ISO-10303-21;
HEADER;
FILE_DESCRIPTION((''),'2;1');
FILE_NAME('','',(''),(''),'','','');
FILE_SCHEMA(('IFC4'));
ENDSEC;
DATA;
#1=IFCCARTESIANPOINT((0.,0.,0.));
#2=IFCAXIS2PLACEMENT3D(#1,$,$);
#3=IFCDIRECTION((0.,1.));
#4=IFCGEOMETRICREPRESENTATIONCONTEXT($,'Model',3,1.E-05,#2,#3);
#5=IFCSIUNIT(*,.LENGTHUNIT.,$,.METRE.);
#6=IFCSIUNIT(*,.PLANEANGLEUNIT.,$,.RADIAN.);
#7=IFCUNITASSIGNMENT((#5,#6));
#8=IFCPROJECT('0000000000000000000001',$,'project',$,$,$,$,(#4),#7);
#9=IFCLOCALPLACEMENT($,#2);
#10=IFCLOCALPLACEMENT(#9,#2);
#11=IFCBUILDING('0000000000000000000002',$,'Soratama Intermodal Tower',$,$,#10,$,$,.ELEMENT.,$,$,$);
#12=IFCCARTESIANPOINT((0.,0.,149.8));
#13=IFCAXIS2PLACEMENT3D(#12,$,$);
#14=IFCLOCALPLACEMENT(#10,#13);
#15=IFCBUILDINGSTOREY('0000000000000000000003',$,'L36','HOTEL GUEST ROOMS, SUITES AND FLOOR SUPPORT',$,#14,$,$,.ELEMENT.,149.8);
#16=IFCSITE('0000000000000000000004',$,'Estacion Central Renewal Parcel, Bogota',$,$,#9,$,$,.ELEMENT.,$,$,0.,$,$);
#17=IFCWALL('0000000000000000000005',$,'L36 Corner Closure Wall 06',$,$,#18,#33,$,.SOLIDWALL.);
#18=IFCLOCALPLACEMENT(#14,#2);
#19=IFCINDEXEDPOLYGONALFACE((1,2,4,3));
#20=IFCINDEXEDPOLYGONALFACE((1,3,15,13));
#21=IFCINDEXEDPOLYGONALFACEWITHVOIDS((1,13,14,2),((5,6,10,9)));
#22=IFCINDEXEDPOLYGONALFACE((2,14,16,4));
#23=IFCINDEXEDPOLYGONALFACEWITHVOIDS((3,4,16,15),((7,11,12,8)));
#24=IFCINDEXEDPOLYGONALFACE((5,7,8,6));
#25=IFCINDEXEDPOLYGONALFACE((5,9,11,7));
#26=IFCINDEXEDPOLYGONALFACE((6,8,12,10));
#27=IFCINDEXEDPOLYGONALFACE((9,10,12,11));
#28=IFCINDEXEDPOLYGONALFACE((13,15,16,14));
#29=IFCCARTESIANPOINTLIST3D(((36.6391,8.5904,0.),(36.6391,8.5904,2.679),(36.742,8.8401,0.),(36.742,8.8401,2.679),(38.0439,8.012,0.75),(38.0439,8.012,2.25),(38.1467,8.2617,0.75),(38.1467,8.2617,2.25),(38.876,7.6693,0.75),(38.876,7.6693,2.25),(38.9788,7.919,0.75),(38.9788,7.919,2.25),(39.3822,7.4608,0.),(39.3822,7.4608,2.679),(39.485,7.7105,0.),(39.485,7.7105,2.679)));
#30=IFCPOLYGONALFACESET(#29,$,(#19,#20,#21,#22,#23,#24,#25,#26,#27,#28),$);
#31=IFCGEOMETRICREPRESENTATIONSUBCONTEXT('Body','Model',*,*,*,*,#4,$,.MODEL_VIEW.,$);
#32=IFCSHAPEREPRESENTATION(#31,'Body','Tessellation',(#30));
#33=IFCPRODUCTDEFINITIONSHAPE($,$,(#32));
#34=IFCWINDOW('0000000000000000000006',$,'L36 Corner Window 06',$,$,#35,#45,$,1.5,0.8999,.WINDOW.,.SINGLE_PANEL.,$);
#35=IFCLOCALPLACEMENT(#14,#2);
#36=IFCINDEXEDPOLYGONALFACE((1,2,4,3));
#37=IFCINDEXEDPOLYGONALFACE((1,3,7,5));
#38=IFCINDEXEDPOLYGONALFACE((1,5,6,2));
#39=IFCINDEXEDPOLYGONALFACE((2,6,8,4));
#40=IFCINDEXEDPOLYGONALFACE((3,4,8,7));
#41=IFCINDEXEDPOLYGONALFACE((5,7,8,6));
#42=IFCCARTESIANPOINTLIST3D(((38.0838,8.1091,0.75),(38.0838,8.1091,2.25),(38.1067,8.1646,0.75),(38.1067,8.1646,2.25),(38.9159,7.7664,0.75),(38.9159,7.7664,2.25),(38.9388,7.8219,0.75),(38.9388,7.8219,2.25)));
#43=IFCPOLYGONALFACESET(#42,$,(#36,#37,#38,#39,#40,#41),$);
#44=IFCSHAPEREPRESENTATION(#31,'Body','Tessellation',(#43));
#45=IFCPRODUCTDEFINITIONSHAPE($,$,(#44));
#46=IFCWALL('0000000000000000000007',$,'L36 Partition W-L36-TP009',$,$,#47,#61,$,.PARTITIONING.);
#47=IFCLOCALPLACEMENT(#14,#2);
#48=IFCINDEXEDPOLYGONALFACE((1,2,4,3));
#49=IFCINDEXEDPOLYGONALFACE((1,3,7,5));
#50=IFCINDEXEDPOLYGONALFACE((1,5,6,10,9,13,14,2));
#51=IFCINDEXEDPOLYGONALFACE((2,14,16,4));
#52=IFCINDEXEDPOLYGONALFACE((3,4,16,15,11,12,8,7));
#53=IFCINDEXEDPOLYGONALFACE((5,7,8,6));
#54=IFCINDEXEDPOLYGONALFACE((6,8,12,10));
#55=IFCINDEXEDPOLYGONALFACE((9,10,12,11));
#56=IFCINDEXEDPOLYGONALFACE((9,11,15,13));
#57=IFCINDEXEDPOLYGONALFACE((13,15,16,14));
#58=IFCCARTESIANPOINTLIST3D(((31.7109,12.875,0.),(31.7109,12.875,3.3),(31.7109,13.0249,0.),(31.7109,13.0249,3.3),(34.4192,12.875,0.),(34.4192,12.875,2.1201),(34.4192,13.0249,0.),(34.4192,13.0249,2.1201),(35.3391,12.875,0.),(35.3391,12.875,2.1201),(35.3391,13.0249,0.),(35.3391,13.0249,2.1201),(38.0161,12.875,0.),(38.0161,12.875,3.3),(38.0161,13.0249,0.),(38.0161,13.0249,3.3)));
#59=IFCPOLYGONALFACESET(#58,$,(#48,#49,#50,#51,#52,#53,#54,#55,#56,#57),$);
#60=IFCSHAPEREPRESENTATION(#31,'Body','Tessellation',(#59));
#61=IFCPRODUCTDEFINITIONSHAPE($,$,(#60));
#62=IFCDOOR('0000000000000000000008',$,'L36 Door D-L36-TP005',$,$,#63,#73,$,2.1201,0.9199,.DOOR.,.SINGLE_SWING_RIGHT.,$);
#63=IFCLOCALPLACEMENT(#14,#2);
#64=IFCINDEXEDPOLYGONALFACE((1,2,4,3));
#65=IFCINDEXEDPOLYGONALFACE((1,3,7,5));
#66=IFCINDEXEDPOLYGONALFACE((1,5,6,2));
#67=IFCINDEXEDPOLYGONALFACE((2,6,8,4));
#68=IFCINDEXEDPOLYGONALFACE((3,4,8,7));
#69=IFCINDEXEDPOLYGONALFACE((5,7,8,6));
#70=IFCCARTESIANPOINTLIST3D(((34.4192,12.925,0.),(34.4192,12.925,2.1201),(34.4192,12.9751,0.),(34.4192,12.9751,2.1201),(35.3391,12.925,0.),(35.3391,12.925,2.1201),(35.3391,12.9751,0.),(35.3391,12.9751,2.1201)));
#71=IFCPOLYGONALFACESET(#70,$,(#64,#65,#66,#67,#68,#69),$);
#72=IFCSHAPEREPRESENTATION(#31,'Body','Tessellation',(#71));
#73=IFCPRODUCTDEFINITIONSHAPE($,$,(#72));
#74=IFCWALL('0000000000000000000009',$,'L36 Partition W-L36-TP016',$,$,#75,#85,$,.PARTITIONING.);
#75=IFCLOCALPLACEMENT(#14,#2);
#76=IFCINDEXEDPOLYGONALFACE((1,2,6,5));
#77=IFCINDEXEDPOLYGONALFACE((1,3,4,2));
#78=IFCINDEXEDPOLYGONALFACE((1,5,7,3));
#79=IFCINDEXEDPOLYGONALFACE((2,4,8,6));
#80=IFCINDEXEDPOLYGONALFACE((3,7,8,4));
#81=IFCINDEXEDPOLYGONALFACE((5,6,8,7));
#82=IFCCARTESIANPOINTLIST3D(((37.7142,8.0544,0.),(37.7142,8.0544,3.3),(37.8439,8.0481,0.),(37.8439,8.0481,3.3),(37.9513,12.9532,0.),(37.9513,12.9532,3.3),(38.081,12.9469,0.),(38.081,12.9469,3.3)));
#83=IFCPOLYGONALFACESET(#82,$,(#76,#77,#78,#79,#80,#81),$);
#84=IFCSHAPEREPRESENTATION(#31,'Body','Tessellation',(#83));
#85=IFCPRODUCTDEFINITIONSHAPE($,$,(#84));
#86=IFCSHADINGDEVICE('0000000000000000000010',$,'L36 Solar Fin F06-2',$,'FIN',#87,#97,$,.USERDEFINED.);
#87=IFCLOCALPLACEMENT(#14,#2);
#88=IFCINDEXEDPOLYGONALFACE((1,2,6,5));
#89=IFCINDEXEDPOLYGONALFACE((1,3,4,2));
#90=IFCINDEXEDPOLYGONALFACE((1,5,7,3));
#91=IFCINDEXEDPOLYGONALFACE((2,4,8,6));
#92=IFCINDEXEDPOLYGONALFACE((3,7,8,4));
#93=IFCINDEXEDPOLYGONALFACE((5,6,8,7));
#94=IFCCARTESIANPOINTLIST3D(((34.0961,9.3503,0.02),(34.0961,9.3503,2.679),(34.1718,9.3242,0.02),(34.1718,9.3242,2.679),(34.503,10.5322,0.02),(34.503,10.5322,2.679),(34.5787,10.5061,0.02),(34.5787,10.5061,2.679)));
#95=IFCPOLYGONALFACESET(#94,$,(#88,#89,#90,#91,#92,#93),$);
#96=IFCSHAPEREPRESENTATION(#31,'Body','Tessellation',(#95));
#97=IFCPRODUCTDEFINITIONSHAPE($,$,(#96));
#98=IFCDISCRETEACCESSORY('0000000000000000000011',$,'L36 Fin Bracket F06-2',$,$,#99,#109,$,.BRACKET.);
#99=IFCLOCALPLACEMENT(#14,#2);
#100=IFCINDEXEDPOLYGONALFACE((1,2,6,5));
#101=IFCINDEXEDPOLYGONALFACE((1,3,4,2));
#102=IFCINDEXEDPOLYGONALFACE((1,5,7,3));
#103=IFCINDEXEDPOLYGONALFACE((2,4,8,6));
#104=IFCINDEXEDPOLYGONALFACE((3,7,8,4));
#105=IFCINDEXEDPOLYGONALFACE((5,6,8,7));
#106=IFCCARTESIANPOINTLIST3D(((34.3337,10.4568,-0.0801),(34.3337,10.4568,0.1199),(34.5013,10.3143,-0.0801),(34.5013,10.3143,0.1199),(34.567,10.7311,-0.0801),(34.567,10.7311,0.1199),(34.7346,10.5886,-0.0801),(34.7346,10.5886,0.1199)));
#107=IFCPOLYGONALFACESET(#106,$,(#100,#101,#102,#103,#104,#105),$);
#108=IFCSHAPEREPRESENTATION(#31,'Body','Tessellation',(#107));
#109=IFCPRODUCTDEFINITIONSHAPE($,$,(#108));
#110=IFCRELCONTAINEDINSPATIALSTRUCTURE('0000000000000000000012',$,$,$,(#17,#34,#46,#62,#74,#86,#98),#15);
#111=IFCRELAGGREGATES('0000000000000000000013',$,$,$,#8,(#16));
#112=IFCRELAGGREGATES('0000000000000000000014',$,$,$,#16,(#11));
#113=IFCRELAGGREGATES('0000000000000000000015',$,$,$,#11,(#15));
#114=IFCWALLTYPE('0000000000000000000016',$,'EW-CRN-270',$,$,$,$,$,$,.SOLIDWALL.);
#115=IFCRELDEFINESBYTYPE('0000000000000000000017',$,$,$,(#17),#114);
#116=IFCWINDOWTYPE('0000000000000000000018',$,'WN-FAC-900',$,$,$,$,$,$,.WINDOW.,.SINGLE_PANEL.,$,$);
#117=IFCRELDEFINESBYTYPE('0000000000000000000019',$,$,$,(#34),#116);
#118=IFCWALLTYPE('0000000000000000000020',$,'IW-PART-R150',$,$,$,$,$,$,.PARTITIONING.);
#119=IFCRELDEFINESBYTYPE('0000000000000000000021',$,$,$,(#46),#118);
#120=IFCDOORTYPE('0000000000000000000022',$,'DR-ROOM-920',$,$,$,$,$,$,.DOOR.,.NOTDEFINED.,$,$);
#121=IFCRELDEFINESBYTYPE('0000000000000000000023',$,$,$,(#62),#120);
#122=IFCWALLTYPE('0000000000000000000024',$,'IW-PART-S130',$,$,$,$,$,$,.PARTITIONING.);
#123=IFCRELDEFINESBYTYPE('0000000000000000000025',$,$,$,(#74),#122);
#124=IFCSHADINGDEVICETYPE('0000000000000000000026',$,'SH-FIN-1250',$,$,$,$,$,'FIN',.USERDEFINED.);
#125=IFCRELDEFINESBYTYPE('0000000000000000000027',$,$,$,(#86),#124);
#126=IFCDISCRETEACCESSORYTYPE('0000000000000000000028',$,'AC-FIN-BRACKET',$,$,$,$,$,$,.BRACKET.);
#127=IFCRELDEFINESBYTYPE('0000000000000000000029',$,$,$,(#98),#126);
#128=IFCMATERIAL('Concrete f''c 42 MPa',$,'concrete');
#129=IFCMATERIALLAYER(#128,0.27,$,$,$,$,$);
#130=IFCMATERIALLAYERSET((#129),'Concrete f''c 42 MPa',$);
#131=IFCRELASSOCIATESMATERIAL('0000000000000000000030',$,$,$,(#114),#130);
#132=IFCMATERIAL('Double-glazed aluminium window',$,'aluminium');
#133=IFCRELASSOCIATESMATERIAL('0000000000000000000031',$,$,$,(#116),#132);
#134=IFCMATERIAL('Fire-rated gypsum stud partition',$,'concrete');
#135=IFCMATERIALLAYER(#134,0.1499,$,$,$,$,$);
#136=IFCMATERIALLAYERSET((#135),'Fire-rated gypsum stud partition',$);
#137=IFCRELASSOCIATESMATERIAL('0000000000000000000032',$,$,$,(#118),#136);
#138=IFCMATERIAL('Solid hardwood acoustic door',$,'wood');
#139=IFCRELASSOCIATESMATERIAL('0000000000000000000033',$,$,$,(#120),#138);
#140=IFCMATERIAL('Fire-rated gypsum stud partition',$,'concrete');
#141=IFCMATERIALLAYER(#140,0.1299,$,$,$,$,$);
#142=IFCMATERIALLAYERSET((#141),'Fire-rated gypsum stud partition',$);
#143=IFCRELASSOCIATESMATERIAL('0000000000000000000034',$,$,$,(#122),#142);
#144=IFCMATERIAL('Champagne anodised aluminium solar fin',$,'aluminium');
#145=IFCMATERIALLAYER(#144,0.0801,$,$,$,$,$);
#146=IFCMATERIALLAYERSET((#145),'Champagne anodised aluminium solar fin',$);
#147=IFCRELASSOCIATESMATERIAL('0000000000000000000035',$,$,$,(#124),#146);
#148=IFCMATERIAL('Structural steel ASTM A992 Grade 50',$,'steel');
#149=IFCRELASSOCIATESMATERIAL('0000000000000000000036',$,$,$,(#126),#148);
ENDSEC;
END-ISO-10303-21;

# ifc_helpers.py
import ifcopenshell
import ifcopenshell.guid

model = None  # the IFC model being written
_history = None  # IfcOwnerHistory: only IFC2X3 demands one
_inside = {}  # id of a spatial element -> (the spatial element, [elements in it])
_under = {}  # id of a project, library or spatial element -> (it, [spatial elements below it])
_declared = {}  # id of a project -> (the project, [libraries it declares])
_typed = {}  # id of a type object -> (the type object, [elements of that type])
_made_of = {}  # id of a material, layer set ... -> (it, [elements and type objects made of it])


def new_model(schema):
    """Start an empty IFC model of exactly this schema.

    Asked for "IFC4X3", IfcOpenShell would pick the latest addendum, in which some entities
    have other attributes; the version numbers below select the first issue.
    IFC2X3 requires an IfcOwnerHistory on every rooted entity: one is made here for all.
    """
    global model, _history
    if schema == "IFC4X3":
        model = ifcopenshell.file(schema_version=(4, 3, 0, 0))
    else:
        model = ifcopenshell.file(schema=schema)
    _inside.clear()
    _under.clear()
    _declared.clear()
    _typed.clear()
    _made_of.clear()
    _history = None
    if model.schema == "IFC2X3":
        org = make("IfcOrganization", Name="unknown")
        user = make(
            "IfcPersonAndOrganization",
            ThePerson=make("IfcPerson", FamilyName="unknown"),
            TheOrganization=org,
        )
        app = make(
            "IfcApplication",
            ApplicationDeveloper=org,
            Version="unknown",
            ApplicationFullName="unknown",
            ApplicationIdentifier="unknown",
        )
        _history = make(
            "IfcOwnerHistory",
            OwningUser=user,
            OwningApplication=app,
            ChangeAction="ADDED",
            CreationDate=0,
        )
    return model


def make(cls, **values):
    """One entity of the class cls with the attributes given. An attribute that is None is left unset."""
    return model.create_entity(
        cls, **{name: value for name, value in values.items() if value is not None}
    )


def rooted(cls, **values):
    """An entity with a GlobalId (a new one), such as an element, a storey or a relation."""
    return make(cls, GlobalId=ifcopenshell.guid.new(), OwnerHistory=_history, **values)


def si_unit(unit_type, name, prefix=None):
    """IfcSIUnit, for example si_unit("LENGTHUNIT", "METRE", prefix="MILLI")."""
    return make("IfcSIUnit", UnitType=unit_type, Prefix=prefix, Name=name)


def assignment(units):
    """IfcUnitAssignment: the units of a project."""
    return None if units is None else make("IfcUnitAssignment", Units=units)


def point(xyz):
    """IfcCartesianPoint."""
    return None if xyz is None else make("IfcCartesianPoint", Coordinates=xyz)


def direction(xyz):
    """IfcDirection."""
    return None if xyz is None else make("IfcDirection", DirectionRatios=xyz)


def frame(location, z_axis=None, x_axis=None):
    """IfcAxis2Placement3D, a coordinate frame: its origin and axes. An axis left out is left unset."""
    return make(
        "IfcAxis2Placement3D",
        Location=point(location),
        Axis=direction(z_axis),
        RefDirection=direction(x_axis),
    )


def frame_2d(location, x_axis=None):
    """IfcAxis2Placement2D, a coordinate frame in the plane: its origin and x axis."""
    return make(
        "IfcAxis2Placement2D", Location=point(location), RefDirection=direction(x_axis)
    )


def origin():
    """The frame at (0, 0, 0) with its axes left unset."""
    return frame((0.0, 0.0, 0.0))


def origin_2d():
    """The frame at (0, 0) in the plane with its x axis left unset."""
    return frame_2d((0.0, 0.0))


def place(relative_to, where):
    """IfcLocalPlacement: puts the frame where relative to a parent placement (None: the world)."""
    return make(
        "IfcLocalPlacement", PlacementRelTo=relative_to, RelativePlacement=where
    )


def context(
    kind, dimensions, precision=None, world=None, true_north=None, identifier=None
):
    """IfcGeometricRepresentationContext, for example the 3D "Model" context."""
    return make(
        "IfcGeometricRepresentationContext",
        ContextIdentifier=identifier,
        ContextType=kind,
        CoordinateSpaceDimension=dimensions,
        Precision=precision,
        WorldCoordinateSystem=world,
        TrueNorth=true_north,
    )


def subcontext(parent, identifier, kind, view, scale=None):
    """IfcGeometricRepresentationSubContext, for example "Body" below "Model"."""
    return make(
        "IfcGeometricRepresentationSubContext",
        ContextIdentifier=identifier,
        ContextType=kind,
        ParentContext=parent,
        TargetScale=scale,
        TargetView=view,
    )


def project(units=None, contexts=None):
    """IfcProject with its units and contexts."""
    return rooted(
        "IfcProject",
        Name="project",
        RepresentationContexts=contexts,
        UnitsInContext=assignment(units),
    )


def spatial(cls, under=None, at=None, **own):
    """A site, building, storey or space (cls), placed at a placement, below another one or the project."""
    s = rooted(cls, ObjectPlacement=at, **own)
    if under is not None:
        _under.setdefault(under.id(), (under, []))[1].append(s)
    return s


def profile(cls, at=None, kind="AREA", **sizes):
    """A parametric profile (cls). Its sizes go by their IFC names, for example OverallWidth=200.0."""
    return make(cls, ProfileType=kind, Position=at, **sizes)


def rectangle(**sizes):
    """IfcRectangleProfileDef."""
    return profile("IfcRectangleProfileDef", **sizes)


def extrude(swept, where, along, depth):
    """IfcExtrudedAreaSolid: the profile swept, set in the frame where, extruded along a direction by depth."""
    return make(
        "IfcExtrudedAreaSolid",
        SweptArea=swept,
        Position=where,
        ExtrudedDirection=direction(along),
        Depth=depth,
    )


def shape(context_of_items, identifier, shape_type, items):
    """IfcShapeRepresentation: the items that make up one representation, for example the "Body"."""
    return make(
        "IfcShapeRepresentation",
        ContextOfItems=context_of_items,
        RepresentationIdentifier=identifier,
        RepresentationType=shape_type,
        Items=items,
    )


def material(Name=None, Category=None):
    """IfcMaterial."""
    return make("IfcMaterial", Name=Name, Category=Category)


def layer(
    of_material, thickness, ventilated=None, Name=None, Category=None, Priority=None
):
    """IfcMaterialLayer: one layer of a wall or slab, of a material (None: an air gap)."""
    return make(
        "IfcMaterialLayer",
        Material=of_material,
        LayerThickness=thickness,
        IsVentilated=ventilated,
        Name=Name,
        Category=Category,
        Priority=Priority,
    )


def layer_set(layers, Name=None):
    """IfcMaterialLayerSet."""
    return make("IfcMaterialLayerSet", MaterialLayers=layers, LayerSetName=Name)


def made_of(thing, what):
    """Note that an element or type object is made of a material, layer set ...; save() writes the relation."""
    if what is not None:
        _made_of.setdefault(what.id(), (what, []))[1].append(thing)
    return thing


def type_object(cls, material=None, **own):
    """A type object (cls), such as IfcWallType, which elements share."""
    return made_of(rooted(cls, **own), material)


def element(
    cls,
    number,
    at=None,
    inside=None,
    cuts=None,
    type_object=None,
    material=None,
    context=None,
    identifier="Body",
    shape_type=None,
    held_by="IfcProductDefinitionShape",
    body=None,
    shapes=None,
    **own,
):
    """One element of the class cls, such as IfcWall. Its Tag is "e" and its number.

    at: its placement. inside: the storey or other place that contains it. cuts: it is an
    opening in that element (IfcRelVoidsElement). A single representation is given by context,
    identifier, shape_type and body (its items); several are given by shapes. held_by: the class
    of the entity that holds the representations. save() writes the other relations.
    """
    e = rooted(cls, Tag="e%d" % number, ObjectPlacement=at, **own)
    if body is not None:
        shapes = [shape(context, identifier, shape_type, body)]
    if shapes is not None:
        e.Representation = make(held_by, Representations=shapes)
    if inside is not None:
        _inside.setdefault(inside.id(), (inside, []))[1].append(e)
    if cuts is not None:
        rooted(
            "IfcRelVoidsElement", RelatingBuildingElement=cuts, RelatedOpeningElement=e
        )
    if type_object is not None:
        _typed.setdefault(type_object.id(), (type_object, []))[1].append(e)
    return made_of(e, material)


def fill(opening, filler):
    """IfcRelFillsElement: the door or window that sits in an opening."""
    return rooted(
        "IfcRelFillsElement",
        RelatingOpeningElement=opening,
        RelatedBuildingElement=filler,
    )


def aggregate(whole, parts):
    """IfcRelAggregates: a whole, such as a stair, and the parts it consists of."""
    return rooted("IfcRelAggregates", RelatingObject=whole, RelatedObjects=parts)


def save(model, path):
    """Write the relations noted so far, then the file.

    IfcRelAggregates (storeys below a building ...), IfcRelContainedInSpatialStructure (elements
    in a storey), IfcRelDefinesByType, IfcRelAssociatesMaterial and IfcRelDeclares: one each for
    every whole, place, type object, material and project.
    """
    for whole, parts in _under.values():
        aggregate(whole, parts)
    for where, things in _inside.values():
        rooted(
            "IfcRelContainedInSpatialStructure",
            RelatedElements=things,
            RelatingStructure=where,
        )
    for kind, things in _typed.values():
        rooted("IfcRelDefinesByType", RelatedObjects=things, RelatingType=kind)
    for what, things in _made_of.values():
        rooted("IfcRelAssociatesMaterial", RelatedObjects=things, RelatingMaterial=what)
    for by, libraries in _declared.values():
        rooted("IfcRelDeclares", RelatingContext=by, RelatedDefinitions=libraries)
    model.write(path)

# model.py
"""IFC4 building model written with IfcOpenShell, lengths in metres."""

from ifc_helpers import new_model, si_unit, direction, frame, frame_2d, origin, origin_2d, place, context, subcontext, project, spatial, rectangle, extrude, material, layer, layer_set, type_object, element, fill, save


model = new_model("IFC4")

# Units and contexts
model_context = context("Model", 3, precision=1e-05, world=origin(), true_north=direction((0.0, 1.0)))
body_context = subcontext(model_context, "Body", "Model", "MODEL_VIEW")
ifc_project = project(units=[si_unit("LENGTHUNIT", "METRE"), si_unit("PLANEANGLEUNIT", "RADIAN")], contexts=[model_context])

# Site, building, storey
site_placement = place(None, origin())
site = spatial("IfcSite", under=ifc_project, at=site_placement, Name="Estacion Central Renewal Parcel, Bogota", CompositionType="ELEMENT", RefElevation=0.0)
building_placement = place(site_placement, origin())
building = spatial("IfcBuilding", under=site, at=building_placement, Name="Soratama Intermodal Tower", CompositionType="ELEMENT")
storey_placement = place(building_placement, frame((0.0, 0.0, 149.8)))
storey = spatial("IfcBuildingStorey", under=building, at=storey_placement, Name="L36", Description="HOTEL GUEST ROOMS, SUITES AND FLOOR SUPPORT", CompositionType="ELEMENT", Elevation=149.8)

# Wall, opening, window
ifc_material_1 = material(Name="Concrete f'c 42 MPa", Category="concrete")
ifc_layer_1 = layer(ifc_material_1, 0.27)
ifc_layer_set_1 = layer_set([ifc_layer_1], Name="Concrete f'c 42 MPa")
wall_type_1 = type_object("IfcWallType", Name="EW-CRN-270", PredefinedType="SOLIDWALL", material=ifc_layer_set_1)
wall_1_placement = place(storey_placement, frame((36.6904, 8.7153, 0.0), z_axis=(0.0, 0.0, 1.0), x_axis=(0.924666, -0.380779, 0.0)))
wall_1 = element("IfcWall", 1, at=wall_1_placement, inside=storey, type_object=wall_type_1, Name="L36 Corner Closure Wall 06", PredefinedType="SOLIDWALL", context=body_context, shape_type="SweptSolid", body=[
    extrude(rectangle(XDim=2.9666, YDim=0.27, at=frame_2d((1.4834, 0.0))), origin(), (0.0, 0.0, 1.0), 2.679),
])
opening_1_placement = place(wall_1_placement, frame((1.5193, 0.0, 0.75)))
opening_1 = element("IfcOpeningElement", 2, at=opening_1_placement, cuts=wall_1, PredefinedType="OPENING", context=body_context, shape_type="SweptSolid", body=[
    extrude(rectangle(XDim=0.8999, YDim=1.5, at=frame_2d((0.45, 0.75))), frame((0.0, 0.145, 0.0), z_axis=(0.0, -1.0, 0.0), x_axis=(1.0, 0.0, 0.0)), (0.0, 0.0, 1.0), 0.29),
])
ifc_material_2 = material(Name="Double-glazed aluminium window", Category="aluminium")
window_type = type_object("IfcWindowType", Name="WN-FAC-900", PartitioningType="SINGLE_PANEL", PredefinedType="WINDOW", material=ifc_material_2)
window_placement = place(opening_1_placement, origin())
window = element("IfcWindow", 3, at=window_placement, inside=storey, type_object=window_type, Name="L36 Corner Window 06", OverallHeight=1.5, OverallWidth=0.8999, PartitioningType="SINGLE_PANEL", PredefinedType="WINDOW", context=body_context, shape_type="SweptSolid", body=[
    extrude(rectangle(XDim=0.8999, YDim=1.5, at=frame_2d((0.45, 0.75))), frame((0.0, 0.03, 0.0), z_axis=(0.0, -1.0, 0.0), x_axis=(1.0, 0.0, 0.0)), (0.0, 0.0, 1.0), 0.0601),
])
fill(opening_1, window)

# Wall, opening, door
ifc_material_3 = material(Name="Fire-rated gypsum stud partition", Category="concrete")
ifc_layer_2 = layer(ifc_material_3, 0.1499)
ifc_layer_set_2 = layer_set([ifc_layer_2], Name="Fire-rated gypsum stud partition")
wall_type_2 = type_object("IfcWallType", Name="IW-PART-R150", PredefinedType="PARTITIONING", material=ifc_layer_set_2)
wall_2_placement = place(storey_placement, frame((38.0161, 12.95, 0.0), z_axis=(0.0, 0.0, 1.0), x_axis=(-1.0, 0.0, 0.0)))
wall_2 = element("IfcWall", 4, at=wall_2_placement, inside=storey, type_object=wall_type_2, Name="L36 Partition W-L36-TP009", PredefinedType="PARTITIONING", context=body_context, shape_type="SweptSolid", body=[
    extrude(rectangle(XDim=6.3052, YDim=0.1499, at=frame_2d((3.1526, 0.0))), origin(), (0.0, 0.0, 1.0), 3.3),
])
opening_2_placement = place(wall_2_placement, frame((2.677, 0.0, 0.0)))
opening_2 = element("IfcOpeningElement", 5, at=opening_2_placement, cuts=wall_2, PredefinedType="OPENING", context=body_context, shape_type="SweptSolid", body=[
    extrude(rectangle(XDim=0.9199, YDim=2.1201, at=frame_2d((0.46, 1.0601))), frame((0.0, 0.085, 0.0), z_axis=(0.0, -1.0, 0.0), x_axis=(1.0, 0.0, 0.0)), (0.0, 0.0, 1.0), 0.1699),
])
ifc_material_4 = material(Name="Solid hardwood acoustic door", Category="wood")
door_type = type_object("IfcDoorType", Name="DR-ROOM-920", OperationType="NOTDEFINED", PredefinedType="DOOR", material=ifc_material_4)
door_placement = place(opening_2_placement, origin())
door = element("IfcDoor", 6, at=door_placement, inside=storey, type_object=door_type, Name="L36 Door D-L36-TP005", OperationType="SINGLE_SWING_RIGHT", OverallHeight=2.1201, OverallWidth=0.9199, PredefinedType="DOOR", context=body_context, shape_type="SweptSolid", body=[
    extrude(rectangle(XDim=0.9199, YDim=2.1201, at=frame_2d((0.46, 1.0601))), frame((0.0, 0.0249, 0.0), z_axis=(0.0, -1.0, 0.0), x_axis=(1.0, 0.0, 0.0)), (0.0, 0.0, 1.0), 0.05),
])
fill(opening_2, door)

# Wall
ifc_material_5 = material(Name="Fire-rated gypsum stud partition", Category="concrete")
ifc_layer_3 = layer(ifc_material_5, 0.1299)
ifc_layer_set_3 = layer_set([ifc_layer_3], Name="Fire-rated gypsum stud partition")
wall_type_3 = type_object("IfcWallType", Name="IW-PART-S130", PredefinedType="PARTITIONING", material=ifc_layer_set_3)
wall_3_placement = place(storey_placement, frame((38.0161, 12.95, 0.0), z_axis=(0.0, 0.0, 1.0), x_axis=(-0.048334, -0.998831, 0.0)))
element("IfcWall", 7, at=wall_3_placement, inside=storey, type_object=wall_type_3, Name="L36 Partition W-L36-TP016", PredefinedType="PARTITIONING", context=body_context, shape_type="SweptSolid", body=[
    extrude(rectangle(XDim=4.9045, YDim=0.1299, at=frame_2d((2.4521, 0.0))), origin(), (0.0, 0.0, 1.0), 3.3),
])

# Shading device
ifc_material_6 = material(Name="Champagne anodised aluminium solar fin", Category="aluminium")
ifc_layer_4 = layer(ifc_material_6, 0.0801)
ifc_layer_set_4 = layer_set([ifc_layer_4], Name="Champagne anodised aluminium solar fin")
shading_device_type = type_object("IfcShadingDeviceType", Name="SH-FIN-1250", ElementType="FIN", PredefinedType="USERDEFINED", material=ifc_layer_set_4)
shading_device_placement = place(storey_placement, frame((34.3374, 9.9282, 0.02), z_axis=(0.0, 0.0, 1.0), x_axis=(-0.325568, -0.945519, 0.0)))
element("IfcShadingDevice", 8, at=shading_device_placement, inside=storey, type_object=shading_device_type, Name="L36 Solar Fin F06-2", ObjectType="FIN", PredefinedType="USERDEFINED", context=body_context, shape_type="SweptSolid", body=[
    extrude(rectangle(XDim=1.25, YDim=0.0801, at=origin_2d()), origin(), (0.0, 0.0, 1.0), 2.6589),
])

# Discrete accessory
ifc_material_7 = material(Name="Structural steel ASTM A992 Grade 50", Category="steel")
discrete_accessory_type = type_object("IfcDiscreteAccessoryType", Name="AC-FIN-BRACKET", PredefinedType="BRACKET", material=ifc_material_7)
discrete_accessory_placement = place(storey_placement, frame((34.5342, 10.5227, -0.0801), z_axis=(0.0, 0.0, 1.0), x_axis=(-0.647854, -0.761764, 0.0)))
element("IfcDiscreteAccessory", 9, at=discrete_accessory_placement, inside=storey, type_object=discrete_accessory_type, Name="L36 Fin Bracket F06-2", PredefinedType="BRACKET", context=body_context, shape_type="SweptSolid", body=[
    extrude(rectangle(XDim=0.3601, YDim=0.22, at=origin_2d()), origin(), (0.0, 0.0, 1.0), 0.2),
])

save(model, "model.ifc")
